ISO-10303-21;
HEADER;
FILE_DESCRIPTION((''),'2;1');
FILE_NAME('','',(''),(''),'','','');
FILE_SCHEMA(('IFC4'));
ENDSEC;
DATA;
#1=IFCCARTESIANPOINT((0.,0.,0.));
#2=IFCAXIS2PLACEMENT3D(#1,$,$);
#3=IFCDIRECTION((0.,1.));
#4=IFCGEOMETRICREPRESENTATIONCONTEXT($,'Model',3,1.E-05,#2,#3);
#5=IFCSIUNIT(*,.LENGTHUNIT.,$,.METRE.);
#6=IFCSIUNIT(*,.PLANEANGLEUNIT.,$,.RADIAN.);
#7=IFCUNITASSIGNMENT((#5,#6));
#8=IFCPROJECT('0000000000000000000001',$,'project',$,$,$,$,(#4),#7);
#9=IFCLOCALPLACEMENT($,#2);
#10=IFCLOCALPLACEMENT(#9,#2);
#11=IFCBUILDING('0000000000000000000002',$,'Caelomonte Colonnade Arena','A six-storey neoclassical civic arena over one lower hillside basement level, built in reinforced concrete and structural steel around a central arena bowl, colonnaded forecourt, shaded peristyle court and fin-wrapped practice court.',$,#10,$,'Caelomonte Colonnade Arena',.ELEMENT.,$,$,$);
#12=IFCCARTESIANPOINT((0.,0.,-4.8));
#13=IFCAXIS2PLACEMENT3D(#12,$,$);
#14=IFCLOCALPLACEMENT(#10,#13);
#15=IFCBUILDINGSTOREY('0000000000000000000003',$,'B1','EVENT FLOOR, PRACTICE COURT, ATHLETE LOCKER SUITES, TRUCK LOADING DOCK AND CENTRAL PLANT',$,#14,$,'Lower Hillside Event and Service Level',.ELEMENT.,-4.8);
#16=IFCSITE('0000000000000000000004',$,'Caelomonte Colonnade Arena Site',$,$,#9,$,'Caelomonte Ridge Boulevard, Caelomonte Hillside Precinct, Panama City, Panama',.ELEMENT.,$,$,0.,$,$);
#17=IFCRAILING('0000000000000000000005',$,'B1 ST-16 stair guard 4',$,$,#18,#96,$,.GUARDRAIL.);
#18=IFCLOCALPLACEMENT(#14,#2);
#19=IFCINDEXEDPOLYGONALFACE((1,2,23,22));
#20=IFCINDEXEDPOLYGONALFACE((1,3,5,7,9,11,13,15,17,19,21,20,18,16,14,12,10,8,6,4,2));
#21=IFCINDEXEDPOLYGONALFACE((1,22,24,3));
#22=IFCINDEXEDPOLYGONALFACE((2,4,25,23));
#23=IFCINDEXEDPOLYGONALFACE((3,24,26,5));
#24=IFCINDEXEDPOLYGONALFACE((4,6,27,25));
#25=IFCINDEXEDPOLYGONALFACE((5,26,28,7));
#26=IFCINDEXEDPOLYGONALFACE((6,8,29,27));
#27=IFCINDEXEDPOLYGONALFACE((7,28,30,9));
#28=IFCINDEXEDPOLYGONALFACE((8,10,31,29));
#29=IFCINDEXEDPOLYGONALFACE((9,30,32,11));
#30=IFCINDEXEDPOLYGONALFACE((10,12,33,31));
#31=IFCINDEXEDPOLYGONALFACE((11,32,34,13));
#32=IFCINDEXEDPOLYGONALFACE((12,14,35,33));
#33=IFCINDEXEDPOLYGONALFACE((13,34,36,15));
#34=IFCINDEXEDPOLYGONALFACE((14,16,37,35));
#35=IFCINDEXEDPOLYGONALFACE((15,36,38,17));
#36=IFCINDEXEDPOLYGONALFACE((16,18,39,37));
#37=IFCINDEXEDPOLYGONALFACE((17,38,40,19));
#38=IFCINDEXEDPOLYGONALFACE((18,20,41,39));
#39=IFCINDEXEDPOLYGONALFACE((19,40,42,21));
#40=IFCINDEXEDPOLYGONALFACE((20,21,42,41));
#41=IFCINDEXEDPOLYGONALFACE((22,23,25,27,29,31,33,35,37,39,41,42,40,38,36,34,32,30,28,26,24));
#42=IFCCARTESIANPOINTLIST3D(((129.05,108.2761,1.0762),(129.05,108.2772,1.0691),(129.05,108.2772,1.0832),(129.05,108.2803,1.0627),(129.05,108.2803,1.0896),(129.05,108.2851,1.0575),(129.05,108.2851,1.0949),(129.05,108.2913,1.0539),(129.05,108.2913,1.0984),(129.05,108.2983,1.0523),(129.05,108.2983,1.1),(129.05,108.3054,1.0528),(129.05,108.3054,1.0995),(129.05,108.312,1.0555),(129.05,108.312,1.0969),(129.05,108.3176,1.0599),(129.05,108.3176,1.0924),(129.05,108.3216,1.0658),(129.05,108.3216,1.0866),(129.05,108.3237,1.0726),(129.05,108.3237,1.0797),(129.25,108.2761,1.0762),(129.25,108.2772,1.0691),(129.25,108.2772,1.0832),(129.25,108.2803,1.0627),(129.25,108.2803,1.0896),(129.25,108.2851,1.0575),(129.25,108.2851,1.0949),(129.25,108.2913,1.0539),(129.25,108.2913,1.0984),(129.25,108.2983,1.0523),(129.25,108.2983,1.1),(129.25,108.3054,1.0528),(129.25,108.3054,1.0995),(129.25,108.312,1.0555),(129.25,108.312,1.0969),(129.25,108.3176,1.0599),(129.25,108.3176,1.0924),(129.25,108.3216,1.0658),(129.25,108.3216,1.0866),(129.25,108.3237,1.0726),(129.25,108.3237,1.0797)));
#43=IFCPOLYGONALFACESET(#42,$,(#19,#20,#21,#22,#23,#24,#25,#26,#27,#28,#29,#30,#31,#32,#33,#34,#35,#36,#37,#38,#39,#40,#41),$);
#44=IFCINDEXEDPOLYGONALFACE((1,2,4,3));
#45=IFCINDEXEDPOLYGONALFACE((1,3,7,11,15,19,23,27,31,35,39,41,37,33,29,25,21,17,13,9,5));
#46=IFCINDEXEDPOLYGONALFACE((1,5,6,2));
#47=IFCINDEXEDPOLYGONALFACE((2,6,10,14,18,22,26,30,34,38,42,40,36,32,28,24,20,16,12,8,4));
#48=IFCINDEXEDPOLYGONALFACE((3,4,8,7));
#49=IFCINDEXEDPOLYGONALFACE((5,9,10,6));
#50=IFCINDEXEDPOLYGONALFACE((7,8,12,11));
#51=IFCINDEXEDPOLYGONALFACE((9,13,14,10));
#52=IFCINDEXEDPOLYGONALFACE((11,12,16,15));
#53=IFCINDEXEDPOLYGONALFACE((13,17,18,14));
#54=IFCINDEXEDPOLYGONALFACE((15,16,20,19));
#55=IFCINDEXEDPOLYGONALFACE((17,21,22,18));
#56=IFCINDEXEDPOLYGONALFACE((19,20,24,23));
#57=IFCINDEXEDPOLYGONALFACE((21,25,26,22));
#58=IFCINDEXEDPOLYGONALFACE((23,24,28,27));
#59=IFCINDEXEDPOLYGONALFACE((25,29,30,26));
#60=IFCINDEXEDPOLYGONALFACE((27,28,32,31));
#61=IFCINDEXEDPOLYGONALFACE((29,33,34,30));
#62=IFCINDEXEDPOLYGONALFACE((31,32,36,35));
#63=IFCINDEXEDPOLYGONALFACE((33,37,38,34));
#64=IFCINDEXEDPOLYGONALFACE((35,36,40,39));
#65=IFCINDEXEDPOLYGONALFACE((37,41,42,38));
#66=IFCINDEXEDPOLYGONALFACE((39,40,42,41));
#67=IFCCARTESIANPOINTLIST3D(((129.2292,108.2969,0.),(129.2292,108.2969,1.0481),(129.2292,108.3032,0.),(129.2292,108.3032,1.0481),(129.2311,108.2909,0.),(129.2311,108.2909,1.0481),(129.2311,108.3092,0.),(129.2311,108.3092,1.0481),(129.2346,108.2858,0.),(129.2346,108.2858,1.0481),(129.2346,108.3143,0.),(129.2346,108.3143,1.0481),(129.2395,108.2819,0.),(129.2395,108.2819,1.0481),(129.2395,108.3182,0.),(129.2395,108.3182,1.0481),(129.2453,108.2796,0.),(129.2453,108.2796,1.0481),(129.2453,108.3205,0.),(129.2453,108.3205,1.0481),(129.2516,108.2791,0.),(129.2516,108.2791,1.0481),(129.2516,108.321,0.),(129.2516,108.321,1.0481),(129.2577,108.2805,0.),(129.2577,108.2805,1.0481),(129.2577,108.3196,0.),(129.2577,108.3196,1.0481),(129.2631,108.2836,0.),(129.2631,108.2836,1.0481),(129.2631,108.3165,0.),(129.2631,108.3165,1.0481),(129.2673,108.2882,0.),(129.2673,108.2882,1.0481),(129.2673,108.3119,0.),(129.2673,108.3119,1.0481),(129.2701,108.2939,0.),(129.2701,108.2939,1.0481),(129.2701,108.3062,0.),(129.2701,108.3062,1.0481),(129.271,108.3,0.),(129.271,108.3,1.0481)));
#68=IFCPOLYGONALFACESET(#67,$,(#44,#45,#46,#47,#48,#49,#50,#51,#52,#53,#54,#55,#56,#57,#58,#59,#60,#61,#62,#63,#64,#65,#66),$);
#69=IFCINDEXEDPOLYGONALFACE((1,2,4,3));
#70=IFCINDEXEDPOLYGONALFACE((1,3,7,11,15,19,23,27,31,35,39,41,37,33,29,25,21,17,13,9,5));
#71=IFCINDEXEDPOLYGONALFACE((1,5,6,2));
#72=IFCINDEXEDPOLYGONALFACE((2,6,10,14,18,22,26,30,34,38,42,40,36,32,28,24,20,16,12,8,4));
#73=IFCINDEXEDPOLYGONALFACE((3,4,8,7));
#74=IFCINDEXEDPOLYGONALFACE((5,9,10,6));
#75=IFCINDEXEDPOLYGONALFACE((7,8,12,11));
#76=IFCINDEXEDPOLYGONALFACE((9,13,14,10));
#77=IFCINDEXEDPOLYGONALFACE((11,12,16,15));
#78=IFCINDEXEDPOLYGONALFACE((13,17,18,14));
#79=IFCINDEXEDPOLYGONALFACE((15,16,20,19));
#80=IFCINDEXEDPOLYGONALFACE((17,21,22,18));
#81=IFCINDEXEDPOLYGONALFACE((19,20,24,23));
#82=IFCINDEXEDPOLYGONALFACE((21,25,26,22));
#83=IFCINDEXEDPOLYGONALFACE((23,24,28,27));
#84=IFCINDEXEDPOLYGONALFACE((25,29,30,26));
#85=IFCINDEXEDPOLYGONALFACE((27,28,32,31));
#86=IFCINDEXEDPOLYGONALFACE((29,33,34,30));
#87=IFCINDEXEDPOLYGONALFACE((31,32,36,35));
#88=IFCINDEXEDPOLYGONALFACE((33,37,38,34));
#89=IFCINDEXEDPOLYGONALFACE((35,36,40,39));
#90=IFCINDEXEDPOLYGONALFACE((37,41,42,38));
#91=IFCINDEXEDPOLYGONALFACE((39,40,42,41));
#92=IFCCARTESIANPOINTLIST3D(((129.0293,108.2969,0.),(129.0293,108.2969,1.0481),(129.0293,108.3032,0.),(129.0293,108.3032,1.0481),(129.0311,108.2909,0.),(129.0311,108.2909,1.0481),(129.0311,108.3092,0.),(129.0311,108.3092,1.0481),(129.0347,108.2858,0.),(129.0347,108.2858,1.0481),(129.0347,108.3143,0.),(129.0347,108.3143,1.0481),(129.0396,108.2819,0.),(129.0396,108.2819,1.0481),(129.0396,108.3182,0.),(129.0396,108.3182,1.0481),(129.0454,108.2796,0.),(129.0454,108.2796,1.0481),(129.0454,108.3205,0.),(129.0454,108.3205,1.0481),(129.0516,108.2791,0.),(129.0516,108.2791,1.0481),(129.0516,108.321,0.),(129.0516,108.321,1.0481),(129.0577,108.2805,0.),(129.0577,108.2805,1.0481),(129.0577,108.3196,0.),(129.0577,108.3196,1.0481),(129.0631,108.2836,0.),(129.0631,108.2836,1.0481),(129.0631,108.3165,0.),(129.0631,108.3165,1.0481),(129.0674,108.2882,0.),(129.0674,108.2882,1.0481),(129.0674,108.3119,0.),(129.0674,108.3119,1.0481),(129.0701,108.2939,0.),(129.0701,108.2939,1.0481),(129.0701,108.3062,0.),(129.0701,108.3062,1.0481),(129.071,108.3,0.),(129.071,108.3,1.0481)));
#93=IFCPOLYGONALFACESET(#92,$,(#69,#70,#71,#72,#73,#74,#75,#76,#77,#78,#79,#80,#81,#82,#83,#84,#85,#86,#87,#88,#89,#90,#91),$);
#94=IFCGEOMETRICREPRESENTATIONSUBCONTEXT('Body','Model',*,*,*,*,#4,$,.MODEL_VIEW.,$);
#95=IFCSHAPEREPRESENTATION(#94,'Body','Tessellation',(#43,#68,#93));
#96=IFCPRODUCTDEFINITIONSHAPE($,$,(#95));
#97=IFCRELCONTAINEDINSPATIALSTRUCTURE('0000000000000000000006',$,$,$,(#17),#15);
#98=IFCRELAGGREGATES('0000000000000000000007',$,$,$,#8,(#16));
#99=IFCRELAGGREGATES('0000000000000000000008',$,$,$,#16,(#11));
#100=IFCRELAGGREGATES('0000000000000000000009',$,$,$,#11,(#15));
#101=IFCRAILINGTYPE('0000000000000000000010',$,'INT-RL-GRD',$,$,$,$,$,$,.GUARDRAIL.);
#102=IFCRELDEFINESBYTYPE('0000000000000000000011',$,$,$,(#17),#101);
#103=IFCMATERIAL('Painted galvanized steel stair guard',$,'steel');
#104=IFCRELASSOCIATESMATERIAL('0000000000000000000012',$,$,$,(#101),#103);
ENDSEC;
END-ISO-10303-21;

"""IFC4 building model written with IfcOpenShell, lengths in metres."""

from ifc_helpers import new_model, si_unit, direction, frame, origin, origin_2d, place, context, subcontext, project, spatial, circle, extrude, material, type_object, element, save


model = new_model("IFC4")

# Units and contexts
model_context = context("Model", 3, precision=1e-05, world=origin(), true_north=direction((0.0, 1.0)))
body_context = subcontext(model_context, "Body", "Model", "MODEL_VIEW")
ifc_project = project(units=[si_unit("LENGTHUNIT", "METRE"), si_unit("PLANEANGLEUNIT", "RADIAN")], contexts=[model_context])

# Site, building, storey
site_placement = place(None, origin())
site = spatial("IfcSite", under=ifc_project, at=site_placement, Name="Caelomonte Colonnade Arena Site", LongName="Caelomonte Ridge Boulevard, Caelomonte Hillside Precinct, Panama City, Panama", CompositionType="ELEMENT", RefElevation=0.0)
building_placement = place(site_placement, origin())
building = spatial("IfcBuilding", under=site, at=building_placement, Name="Caelomonte Colonnade Arena", Description="A six-storey neoclassical civic arena over one lower hillside basement level, built in reinforced concrete and structural steel around a central arena bowl, colonnaded forecourt, shaded peristyle court and fin-wrapped practice court.", LongName="Caelomonte Colonnade Arena", CompositionType="ELEMENT")
storey_placement = place(building_placement, frame((0.0, 0.0, -4.8)))
storey = spatial("IfcBuildingStorey", under=building, at=storey_placement, Name="B1", Description="EVENT FLOOR, PRACTICE COURT, ATHLETE LOCKER SUITES, TRUCK LOADING DOCK AND CENTRAL PLANT", LongName="Lower Hillside Event and Service Level", CompositionType="ELEMENT", Elevation=-4.8)

# Railing
ifc_material_1 = material(Name="Painted galvanized steel stair guard", Category="steel")
railing_type_1 = type_object("IfcRailingType", Name="INT-RL-GRD", PredefinedType="GUARDRAIL", material=ifc_material_1)
railing_1_placement = place(storey_placement, frame((129.25, 108.3, 0.0)))
element("IfcRailing", 1, at=railing_1_placement, inside=storey, type_object=railing_type_1, Name="B1 ST-16 stair guard 4", PredefinedType="GUARDRAIL", context=body_context, shape_type="SweptSolid", body=[
    extrude(circle(Radius=0.0239, at=origin_2d()), frame((0.0, 0.0, 1.0762), z_axis=(-1.0, 0.0, 0.0), x_axis=(0.0, -1.0, 0.0)), (0.0, 0.0, 1.0), 0.2),
    extrude(circle(Radius=0.021, at=origin_2d()), origin(), (0.0, 0.0, 1.0), 1.0481),
    extrude(circle(Radius=0.021, at=origin_2d()), frame((-0.2, 0.0, 0.0)), (0.0, 0.0, 1.0), 1.0481),
])

save(model, "model.ifc")
